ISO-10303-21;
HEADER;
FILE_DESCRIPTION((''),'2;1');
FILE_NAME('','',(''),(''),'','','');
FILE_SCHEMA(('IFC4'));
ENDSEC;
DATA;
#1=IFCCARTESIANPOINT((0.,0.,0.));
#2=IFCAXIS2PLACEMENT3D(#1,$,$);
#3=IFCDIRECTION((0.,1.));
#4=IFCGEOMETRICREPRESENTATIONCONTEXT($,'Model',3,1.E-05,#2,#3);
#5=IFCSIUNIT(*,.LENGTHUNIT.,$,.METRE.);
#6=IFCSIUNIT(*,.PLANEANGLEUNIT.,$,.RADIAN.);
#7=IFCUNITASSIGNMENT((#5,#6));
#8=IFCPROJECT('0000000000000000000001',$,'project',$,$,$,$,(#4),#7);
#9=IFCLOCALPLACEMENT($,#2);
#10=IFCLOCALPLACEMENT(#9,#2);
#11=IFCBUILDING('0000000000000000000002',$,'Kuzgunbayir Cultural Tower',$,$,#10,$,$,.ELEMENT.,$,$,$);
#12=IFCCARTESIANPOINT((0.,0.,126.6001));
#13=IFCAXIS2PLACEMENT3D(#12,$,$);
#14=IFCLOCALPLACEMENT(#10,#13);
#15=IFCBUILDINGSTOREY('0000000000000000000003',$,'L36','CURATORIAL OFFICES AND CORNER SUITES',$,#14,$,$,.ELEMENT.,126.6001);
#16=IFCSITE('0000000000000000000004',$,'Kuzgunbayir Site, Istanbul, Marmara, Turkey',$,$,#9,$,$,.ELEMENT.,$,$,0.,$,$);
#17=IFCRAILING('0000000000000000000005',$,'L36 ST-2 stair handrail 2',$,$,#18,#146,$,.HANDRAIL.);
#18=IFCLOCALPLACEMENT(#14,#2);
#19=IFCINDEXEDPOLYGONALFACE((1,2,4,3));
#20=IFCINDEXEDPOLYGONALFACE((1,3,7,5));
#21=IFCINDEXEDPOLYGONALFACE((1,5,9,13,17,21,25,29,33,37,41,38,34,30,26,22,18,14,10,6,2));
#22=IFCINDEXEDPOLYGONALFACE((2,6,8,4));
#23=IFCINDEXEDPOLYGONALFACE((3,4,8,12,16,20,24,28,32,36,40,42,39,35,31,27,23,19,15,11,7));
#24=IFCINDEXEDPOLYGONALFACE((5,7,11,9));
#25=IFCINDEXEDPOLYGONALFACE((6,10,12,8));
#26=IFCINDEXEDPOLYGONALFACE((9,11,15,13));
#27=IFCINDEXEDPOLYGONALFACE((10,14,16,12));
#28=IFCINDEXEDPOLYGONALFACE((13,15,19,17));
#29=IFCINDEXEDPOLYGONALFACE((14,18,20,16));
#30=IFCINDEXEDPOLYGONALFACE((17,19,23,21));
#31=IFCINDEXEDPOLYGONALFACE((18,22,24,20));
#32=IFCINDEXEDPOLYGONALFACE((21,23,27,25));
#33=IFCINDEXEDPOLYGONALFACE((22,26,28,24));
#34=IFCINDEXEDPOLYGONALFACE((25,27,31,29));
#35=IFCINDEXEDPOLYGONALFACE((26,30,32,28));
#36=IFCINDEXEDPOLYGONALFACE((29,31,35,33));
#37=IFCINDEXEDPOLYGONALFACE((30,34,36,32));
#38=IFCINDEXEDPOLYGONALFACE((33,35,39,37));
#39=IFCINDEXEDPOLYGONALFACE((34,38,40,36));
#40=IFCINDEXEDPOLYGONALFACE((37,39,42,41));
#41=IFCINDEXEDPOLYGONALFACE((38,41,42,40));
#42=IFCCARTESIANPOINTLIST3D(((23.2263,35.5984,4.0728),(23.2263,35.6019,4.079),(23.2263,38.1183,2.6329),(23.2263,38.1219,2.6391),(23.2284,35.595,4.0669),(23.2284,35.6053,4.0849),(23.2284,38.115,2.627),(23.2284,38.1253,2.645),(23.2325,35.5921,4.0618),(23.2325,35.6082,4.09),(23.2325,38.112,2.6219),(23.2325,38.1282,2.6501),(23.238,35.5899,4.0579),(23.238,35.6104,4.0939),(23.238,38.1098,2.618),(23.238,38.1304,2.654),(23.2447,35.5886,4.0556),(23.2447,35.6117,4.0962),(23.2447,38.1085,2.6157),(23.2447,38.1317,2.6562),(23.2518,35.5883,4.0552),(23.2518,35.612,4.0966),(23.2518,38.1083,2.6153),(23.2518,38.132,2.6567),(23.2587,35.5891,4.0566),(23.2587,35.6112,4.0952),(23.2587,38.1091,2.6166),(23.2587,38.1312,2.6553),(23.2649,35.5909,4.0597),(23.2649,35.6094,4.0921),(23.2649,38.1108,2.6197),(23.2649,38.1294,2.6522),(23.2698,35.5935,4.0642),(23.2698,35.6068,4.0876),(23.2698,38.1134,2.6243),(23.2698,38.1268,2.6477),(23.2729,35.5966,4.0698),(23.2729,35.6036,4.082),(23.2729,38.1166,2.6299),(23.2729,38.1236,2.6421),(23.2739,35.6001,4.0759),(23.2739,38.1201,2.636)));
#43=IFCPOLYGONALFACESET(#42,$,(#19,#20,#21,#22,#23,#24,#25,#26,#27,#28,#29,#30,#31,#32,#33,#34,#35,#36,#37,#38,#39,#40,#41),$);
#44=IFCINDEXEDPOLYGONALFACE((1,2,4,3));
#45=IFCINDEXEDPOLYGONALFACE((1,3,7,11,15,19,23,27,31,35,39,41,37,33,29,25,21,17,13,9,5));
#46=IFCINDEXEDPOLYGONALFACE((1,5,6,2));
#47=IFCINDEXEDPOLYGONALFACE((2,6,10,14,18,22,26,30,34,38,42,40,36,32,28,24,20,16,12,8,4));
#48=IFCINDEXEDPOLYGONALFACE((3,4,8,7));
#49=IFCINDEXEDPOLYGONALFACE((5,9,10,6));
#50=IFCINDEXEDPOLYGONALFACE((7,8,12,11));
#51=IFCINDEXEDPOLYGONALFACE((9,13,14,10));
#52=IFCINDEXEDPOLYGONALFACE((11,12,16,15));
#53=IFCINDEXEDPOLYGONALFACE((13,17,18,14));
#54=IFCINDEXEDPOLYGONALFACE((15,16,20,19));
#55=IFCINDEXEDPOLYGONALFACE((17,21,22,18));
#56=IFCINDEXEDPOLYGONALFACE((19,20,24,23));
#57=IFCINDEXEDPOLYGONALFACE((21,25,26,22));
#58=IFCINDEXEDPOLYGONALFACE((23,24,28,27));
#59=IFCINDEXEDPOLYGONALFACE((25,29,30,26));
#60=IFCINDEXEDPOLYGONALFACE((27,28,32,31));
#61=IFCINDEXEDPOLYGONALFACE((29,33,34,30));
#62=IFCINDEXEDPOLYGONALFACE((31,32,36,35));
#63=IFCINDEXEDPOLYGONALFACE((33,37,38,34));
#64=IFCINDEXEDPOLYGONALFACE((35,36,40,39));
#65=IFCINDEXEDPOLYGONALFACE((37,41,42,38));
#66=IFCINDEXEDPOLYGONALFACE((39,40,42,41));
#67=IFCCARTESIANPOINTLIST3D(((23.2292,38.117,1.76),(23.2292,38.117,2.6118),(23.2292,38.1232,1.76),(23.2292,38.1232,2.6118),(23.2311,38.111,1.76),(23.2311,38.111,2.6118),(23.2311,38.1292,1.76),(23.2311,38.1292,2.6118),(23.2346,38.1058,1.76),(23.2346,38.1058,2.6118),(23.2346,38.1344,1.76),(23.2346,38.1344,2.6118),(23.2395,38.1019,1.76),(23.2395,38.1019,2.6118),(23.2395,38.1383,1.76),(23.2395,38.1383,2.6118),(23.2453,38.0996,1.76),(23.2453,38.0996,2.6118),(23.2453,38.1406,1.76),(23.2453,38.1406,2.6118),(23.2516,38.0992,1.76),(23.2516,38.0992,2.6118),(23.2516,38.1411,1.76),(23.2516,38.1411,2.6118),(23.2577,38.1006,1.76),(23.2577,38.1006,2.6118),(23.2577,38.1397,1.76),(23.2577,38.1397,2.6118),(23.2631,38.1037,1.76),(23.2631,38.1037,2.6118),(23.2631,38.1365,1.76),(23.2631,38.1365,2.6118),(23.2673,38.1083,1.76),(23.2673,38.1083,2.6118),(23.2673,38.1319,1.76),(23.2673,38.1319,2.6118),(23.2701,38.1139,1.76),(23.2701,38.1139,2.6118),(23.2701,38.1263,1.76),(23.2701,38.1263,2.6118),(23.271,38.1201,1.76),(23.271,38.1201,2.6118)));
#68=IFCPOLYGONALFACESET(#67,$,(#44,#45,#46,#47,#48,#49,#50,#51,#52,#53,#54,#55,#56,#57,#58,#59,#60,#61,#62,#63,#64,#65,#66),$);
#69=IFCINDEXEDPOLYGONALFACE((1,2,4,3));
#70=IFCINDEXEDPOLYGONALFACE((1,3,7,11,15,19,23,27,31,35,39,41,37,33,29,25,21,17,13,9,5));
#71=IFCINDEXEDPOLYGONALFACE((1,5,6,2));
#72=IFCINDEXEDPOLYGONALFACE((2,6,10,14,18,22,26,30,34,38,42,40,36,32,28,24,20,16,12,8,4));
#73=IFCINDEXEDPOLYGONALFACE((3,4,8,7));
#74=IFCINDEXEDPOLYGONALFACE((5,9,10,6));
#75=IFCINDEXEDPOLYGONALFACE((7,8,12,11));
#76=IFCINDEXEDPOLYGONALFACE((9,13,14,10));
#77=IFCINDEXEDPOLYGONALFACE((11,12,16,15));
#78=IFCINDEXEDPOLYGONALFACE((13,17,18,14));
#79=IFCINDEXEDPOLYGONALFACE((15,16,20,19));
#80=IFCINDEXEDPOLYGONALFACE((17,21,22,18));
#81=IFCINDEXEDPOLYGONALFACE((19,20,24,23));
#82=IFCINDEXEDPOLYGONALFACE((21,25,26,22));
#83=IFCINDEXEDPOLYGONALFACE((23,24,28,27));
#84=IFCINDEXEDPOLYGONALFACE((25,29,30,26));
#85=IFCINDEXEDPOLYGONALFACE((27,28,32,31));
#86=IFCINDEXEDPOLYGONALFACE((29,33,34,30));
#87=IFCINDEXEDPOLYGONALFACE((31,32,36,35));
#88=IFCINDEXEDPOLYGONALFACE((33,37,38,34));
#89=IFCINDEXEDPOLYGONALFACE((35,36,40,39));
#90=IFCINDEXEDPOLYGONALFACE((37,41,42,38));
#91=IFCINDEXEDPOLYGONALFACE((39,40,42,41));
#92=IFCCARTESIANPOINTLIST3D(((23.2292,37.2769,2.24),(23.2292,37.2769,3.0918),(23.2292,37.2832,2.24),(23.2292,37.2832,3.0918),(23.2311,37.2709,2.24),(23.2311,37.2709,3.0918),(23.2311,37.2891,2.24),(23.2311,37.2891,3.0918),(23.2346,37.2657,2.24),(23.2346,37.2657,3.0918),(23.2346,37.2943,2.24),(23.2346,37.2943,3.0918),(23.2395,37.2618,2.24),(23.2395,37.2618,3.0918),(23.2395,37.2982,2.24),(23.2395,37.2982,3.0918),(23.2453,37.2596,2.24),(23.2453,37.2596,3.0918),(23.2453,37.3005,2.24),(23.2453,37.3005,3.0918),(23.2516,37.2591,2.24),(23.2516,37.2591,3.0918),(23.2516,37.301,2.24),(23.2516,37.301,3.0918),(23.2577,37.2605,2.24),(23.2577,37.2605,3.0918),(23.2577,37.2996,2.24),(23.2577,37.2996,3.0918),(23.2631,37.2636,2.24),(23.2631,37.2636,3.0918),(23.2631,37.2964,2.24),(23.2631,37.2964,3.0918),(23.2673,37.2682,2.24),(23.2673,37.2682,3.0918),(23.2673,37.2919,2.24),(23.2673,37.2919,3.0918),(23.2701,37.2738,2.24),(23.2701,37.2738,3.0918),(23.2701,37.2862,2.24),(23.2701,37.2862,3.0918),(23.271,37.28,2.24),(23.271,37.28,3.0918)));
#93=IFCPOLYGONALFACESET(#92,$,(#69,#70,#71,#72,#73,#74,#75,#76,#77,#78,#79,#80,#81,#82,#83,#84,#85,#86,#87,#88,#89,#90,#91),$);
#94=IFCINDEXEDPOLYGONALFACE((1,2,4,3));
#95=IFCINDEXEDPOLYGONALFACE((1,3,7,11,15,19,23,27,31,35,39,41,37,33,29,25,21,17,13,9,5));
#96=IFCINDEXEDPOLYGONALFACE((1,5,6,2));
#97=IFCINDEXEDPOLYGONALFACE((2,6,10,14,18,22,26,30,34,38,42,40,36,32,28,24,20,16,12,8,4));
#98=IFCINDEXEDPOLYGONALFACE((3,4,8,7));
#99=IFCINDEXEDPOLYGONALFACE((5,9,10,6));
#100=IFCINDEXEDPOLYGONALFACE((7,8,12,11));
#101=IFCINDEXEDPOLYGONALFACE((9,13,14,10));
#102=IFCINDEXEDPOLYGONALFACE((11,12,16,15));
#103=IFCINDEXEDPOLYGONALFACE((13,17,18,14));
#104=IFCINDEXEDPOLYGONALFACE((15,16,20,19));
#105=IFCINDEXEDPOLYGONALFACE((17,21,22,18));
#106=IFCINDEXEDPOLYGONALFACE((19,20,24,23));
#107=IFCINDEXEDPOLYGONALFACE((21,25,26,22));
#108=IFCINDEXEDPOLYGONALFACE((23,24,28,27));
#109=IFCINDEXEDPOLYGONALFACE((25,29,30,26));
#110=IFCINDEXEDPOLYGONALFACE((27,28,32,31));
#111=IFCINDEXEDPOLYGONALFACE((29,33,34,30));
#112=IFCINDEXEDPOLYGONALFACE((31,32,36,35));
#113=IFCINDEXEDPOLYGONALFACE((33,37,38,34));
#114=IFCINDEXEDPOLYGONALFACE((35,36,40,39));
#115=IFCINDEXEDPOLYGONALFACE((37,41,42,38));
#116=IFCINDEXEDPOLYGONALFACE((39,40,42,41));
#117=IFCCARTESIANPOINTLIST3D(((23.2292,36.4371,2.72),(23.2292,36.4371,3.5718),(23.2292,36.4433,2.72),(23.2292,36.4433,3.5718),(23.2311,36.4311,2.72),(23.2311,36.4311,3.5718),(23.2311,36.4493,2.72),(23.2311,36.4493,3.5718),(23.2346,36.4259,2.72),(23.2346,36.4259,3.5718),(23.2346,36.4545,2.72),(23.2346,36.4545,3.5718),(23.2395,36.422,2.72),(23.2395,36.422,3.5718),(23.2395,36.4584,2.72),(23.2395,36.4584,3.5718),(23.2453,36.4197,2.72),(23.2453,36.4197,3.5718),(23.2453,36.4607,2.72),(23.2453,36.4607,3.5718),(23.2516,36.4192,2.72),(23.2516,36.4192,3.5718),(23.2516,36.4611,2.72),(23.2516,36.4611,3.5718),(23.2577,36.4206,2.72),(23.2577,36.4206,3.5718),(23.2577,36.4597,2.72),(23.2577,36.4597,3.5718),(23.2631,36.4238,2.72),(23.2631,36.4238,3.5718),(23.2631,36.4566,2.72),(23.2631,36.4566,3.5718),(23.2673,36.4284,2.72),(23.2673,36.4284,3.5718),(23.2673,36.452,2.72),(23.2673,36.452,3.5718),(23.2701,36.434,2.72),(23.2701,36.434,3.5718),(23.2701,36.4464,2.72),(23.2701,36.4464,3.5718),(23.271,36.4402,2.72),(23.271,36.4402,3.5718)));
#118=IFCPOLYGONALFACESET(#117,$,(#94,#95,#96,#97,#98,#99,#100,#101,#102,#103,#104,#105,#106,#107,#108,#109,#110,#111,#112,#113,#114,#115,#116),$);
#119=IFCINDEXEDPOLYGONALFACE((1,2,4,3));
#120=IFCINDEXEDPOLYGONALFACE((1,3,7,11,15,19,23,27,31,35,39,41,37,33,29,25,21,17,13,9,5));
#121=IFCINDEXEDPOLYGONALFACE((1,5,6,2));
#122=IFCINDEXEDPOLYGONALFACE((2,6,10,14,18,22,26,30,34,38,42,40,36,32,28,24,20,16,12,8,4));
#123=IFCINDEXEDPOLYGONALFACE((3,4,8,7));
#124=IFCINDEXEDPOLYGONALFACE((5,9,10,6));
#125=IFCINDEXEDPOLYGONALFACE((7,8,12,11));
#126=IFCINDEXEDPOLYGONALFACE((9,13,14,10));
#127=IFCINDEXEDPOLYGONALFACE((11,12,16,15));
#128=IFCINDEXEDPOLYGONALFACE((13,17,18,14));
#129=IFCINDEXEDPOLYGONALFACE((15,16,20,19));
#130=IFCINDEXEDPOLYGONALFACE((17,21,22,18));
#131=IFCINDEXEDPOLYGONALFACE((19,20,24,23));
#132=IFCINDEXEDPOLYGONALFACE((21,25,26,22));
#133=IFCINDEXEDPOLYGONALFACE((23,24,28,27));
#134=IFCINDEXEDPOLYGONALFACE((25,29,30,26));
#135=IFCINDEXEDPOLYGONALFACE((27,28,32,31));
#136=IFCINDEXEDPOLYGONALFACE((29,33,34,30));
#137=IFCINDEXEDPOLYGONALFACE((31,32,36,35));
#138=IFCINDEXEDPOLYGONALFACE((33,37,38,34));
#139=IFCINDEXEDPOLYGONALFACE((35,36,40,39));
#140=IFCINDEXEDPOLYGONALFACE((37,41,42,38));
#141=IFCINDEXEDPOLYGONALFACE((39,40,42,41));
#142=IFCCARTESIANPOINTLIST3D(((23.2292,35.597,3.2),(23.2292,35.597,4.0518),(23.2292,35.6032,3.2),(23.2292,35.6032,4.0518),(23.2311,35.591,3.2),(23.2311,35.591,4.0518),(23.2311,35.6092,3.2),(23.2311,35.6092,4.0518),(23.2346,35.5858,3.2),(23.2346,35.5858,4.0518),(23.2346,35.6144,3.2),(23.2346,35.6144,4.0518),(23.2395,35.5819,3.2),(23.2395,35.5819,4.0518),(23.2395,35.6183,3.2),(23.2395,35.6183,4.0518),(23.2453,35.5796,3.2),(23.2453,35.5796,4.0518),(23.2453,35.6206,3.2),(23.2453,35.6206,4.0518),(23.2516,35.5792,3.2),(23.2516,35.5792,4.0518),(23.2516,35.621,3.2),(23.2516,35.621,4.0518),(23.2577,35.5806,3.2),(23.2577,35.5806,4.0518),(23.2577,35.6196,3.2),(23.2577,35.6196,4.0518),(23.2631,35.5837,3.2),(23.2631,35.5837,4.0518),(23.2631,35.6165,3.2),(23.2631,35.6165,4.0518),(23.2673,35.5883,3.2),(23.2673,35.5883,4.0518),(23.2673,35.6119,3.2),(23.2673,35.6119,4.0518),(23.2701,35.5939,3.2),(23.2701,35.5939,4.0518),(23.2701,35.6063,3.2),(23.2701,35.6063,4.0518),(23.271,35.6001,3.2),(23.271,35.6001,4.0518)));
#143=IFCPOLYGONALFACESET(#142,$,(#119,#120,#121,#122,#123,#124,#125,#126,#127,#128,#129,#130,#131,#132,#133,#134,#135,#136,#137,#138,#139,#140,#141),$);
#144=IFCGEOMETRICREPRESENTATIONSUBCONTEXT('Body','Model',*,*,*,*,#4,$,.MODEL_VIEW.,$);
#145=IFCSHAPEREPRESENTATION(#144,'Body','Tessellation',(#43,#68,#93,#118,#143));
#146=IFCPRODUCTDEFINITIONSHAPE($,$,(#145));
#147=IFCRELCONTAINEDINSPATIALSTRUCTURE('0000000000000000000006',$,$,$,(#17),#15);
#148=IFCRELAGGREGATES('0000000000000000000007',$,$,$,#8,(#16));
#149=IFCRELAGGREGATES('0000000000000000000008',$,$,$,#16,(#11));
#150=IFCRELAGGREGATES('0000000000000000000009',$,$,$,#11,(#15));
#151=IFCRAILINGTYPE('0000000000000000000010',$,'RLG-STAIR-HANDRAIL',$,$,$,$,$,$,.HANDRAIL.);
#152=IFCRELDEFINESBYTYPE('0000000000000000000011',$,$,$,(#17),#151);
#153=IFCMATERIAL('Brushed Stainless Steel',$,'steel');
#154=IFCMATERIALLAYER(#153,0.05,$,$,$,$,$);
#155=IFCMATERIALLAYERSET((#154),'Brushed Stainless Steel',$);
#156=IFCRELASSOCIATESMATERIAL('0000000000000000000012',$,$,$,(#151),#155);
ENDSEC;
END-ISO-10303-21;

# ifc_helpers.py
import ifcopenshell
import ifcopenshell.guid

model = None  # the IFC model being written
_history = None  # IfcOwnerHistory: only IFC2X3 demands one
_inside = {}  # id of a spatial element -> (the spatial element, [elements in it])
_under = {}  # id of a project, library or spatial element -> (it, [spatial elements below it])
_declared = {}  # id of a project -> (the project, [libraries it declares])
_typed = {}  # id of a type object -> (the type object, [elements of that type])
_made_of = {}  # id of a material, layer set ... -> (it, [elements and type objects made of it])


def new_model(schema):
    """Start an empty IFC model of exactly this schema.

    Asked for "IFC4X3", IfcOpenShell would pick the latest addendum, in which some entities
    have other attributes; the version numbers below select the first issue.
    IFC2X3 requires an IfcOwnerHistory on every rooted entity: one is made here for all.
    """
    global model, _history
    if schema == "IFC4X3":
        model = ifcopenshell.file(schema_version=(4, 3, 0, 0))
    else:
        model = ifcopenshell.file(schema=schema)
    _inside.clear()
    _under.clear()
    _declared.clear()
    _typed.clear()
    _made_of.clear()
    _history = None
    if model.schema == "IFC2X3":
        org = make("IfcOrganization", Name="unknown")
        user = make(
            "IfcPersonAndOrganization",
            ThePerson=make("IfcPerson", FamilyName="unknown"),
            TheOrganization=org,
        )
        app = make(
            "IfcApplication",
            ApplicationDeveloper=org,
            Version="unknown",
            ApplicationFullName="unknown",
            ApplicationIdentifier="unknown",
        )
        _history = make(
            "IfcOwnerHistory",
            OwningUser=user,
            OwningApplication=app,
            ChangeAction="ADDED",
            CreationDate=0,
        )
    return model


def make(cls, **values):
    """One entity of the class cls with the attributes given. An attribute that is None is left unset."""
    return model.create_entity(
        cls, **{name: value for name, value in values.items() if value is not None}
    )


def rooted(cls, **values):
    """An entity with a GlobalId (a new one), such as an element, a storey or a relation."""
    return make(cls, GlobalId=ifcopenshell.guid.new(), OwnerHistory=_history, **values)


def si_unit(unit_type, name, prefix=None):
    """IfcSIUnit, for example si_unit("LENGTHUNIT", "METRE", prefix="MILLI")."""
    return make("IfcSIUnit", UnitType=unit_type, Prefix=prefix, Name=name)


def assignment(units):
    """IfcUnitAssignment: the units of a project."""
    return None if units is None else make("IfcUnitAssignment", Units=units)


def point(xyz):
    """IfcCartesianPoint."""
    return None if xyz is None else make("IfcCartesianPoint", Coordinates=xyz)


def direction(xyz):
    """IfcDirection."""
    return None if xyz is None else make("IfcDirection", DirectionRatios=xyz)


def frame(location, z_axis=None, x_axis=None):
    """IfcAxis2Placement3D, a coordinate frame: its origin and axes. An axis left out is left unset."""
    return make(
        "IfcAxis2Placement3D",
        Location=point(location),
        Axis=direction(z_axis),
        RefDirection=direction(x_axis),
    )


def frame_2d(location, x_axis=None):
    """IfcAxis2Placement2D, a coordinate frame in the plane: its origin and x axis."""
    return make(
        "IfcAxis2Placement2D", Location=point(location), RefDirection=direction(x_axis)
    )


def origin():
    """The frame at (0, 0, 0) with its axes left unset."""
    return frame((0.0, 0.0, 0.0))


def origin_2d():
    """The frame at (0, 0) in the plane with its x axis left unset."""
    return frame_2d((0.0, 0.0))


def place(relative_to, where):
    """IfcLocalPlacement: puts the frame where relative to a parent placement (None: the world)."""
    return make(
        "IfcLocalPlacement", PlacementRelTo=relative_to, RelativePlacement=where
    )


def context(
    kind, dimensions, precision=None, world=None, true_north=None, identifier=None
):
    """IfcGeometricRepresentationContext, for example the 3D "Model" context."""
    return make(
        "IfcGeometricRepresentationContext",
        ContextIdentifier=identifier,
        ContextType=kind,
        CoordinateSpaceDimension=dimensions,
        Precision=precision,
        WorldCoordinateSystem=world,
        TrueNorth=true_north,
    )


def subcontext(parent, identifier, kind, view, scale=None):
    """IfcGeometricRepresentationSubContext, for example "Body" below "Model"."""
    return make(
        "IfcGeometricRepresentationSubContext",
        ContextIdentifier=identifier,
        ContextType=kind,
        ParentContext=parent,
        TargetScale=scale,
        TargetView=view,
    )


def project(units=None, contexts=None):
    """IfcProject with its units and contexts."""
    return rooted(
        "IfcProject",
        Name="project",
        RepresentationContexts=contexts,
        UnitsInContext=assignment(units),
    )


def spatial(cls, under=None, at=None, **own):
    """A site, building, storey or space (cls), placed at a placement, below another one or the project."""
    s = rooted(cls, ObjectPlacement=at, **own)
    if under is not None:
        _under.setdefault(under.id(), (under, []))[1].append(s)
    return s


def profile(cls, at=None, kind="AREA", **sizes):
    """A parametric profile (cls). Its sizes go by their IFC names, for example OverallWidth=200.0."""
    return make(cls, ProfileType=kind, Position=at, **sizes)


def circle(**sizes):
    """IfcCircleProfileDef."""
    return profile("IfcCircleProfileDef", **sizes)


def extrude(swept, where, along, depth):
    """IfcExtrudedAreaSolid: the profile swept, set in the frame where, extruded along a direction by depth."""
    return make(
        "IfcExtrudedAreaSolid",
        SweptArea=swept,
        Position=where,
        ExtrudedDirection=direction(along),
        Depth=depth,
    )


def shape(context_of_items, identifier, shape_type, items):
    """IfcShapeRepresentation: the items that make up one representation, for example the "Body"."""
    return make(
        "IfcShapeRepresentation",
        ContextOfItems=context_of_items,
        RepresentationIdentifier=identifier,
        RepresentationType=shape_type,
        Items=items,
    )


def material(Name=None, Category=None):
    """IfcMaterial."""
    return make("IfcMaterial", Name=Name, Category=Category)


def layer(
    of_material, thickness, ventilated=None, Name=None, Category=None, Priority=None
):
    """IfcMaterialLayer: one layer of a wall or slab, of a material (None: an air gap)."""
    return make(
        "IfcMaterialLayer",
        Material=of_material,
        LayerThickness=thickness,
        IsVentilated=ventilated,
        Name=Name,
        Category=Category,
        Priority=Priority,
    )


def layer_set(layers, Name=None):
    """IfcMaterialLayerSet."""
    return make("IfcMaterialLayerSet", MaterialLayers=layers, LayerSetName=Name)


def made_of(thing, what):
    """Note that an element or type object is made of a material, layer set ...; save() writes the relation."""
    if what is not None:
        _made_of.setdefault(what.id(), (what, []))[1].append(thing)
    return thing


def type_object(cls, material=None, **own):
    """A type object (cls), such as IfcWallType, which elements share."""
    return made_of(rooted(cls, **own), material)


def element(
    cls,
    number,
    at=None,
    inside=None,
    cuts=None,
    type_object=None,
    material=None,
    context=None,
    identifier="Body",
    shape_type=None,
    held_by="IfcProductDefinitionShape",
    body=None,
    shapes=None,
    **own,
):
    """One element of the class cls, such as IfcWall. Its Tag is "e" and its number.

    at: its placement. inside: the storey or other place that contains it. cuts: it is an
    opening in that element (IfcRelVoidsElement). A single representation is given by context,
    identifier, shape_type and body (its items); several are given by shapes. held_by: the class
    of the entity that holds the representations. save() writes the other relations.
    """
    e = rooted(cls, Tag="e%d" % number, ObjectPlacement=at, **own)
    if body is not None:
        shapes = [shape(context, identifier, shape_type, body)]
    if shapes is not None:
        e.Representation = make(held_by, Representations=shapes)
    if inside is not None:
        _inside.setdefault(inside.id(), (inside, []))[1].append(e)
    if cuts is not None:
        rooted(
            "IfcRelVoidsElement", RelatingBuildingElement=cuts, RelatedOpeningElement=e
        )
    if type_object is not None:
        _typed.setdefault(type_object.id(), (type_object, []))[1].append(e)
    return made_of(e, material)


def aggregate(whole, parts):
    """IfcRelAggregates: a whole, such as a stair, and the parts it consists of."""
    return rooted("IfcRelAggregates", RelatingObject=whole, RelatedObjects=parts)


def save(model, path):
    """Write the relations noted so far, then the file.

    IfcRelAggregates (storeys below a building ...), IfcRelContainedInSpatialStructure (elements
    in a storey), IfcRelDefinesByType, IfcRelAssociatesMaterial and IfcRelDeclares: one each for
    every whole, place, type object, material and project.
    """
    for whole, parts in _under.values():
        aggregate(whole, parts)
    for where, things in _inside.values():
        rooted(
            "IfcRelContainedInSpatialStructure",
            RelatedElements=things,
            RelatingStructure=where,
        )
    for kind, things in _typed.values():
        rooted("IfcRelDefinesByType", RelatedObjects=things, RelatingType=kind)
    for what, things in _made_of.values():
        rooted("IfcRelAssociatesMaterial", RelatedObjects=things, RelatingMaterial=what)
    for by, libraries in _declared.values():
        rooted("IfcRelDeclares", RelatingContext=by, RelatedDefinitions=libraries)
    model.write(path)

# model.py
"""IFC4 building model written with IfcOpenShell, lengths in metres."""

from ifc_helpers import new_model, si_unit, direction, frame, origin, origin_2d, place, context, subcontext, project, spatial, circle, extrude, material, layer, layer_set, type_object, element, save


model = new_model("IFC4")

# Units and contexts
model_context = context("Model", 3, precision=1e-05, world=origin(), true_north=direction((0.0, 1.0)))
body_context = subcontext(model_context, "Body", "Model", "MODEL_VIEW")
ifc_project = project(units=[si_unit("LENGTHUNIT", "METRE"), si_unit("PLANEANGLEUNIT", "RADIAN")], contexts=[model_context])

# Site, building, storey
site_placement = place(None, origin())
site = spatial("IfcSite", under=ifc_project, at=site_placement, Name="Kuzgunbayir Site, Istanbul, Marmara, Turkey", CompositionType="ELEMENT", RefElevation=0.0)
building_placement = place(site_placement, origin())
building = spatial("IfcBuilding", under=site, at=building_placement, Name="Kuzgunbayir Cultural Tower", CompositionType="ELEMENT")
storey_placement = place(building_placement, frame((0.0, 0.0, 126.6001)))
storey = spatial("IfcBuildingStorey", under=building, at=storey_placement, Name="L36", Description="CURATORIAL OFFICES AND CORNER SUITES", CompositionType="ELEMENT", Elevation=126.6001)

# Shared definitions
ifc_material_1 = material(Name="Brushed Stainless Steel", Category="steel")

# Railing
ifc_layer_1 = layer(ifc_material_1, 0.05)
ifc_layer_set_1 = layer_set([ifc_layer_1], Name="Brushed Stainless Steel")
railing_type_1 = type_object("IfcRailingType", Name="RLG-STAIR-HANDRAIL", PredefinedType="HANDRAIL", material=ifc_layer_set_1)
railing_1_placement = place(storey_placement, frame((23.25, 38.1201, 1.76)))
element("IfcRailing", 1, at=railing_1_placement, inside=storey, type_object=railing_type_1, Name="L36 ST-2 stair handrail 2", PredefinedType="HANDRAIL", context=body_context, shape_type="SweptSolid", body=[
    extrude(circle(Radius=0.0239, at=origin_2d()), frame((0.0, 0.0, 0.876), z_axis=(0.0, -0.868253, 0.496121), x_axis=(1.0, 0.0, 0.0)), (0.0, 0.0, 1.0), 2.9023),
    extrude(circle(Radius=0.021, at=origin_2d()), origin(), (0.0, 0.0, 1.0), 0.8518),
    extrude(circle(Radius=0.021, at=origin_2d()), frame((0.0, -0.8401, 0.48)), (0.0, 0.0, 1.0), 0.8518),
    extrude(circle(Radius=0.021, at=origin_2d()), frame((0.0, -1.6799, 0.96)), (0.0, 0.0, 1.0), 0.8518),
    extrude(circle(Radius=0.021, at=origin_2d()), frame((0.0, -2.52, 1.4399)), (0.0, 0.0, 1.0), 0.8518),
])

save(model, "model.ifc")
